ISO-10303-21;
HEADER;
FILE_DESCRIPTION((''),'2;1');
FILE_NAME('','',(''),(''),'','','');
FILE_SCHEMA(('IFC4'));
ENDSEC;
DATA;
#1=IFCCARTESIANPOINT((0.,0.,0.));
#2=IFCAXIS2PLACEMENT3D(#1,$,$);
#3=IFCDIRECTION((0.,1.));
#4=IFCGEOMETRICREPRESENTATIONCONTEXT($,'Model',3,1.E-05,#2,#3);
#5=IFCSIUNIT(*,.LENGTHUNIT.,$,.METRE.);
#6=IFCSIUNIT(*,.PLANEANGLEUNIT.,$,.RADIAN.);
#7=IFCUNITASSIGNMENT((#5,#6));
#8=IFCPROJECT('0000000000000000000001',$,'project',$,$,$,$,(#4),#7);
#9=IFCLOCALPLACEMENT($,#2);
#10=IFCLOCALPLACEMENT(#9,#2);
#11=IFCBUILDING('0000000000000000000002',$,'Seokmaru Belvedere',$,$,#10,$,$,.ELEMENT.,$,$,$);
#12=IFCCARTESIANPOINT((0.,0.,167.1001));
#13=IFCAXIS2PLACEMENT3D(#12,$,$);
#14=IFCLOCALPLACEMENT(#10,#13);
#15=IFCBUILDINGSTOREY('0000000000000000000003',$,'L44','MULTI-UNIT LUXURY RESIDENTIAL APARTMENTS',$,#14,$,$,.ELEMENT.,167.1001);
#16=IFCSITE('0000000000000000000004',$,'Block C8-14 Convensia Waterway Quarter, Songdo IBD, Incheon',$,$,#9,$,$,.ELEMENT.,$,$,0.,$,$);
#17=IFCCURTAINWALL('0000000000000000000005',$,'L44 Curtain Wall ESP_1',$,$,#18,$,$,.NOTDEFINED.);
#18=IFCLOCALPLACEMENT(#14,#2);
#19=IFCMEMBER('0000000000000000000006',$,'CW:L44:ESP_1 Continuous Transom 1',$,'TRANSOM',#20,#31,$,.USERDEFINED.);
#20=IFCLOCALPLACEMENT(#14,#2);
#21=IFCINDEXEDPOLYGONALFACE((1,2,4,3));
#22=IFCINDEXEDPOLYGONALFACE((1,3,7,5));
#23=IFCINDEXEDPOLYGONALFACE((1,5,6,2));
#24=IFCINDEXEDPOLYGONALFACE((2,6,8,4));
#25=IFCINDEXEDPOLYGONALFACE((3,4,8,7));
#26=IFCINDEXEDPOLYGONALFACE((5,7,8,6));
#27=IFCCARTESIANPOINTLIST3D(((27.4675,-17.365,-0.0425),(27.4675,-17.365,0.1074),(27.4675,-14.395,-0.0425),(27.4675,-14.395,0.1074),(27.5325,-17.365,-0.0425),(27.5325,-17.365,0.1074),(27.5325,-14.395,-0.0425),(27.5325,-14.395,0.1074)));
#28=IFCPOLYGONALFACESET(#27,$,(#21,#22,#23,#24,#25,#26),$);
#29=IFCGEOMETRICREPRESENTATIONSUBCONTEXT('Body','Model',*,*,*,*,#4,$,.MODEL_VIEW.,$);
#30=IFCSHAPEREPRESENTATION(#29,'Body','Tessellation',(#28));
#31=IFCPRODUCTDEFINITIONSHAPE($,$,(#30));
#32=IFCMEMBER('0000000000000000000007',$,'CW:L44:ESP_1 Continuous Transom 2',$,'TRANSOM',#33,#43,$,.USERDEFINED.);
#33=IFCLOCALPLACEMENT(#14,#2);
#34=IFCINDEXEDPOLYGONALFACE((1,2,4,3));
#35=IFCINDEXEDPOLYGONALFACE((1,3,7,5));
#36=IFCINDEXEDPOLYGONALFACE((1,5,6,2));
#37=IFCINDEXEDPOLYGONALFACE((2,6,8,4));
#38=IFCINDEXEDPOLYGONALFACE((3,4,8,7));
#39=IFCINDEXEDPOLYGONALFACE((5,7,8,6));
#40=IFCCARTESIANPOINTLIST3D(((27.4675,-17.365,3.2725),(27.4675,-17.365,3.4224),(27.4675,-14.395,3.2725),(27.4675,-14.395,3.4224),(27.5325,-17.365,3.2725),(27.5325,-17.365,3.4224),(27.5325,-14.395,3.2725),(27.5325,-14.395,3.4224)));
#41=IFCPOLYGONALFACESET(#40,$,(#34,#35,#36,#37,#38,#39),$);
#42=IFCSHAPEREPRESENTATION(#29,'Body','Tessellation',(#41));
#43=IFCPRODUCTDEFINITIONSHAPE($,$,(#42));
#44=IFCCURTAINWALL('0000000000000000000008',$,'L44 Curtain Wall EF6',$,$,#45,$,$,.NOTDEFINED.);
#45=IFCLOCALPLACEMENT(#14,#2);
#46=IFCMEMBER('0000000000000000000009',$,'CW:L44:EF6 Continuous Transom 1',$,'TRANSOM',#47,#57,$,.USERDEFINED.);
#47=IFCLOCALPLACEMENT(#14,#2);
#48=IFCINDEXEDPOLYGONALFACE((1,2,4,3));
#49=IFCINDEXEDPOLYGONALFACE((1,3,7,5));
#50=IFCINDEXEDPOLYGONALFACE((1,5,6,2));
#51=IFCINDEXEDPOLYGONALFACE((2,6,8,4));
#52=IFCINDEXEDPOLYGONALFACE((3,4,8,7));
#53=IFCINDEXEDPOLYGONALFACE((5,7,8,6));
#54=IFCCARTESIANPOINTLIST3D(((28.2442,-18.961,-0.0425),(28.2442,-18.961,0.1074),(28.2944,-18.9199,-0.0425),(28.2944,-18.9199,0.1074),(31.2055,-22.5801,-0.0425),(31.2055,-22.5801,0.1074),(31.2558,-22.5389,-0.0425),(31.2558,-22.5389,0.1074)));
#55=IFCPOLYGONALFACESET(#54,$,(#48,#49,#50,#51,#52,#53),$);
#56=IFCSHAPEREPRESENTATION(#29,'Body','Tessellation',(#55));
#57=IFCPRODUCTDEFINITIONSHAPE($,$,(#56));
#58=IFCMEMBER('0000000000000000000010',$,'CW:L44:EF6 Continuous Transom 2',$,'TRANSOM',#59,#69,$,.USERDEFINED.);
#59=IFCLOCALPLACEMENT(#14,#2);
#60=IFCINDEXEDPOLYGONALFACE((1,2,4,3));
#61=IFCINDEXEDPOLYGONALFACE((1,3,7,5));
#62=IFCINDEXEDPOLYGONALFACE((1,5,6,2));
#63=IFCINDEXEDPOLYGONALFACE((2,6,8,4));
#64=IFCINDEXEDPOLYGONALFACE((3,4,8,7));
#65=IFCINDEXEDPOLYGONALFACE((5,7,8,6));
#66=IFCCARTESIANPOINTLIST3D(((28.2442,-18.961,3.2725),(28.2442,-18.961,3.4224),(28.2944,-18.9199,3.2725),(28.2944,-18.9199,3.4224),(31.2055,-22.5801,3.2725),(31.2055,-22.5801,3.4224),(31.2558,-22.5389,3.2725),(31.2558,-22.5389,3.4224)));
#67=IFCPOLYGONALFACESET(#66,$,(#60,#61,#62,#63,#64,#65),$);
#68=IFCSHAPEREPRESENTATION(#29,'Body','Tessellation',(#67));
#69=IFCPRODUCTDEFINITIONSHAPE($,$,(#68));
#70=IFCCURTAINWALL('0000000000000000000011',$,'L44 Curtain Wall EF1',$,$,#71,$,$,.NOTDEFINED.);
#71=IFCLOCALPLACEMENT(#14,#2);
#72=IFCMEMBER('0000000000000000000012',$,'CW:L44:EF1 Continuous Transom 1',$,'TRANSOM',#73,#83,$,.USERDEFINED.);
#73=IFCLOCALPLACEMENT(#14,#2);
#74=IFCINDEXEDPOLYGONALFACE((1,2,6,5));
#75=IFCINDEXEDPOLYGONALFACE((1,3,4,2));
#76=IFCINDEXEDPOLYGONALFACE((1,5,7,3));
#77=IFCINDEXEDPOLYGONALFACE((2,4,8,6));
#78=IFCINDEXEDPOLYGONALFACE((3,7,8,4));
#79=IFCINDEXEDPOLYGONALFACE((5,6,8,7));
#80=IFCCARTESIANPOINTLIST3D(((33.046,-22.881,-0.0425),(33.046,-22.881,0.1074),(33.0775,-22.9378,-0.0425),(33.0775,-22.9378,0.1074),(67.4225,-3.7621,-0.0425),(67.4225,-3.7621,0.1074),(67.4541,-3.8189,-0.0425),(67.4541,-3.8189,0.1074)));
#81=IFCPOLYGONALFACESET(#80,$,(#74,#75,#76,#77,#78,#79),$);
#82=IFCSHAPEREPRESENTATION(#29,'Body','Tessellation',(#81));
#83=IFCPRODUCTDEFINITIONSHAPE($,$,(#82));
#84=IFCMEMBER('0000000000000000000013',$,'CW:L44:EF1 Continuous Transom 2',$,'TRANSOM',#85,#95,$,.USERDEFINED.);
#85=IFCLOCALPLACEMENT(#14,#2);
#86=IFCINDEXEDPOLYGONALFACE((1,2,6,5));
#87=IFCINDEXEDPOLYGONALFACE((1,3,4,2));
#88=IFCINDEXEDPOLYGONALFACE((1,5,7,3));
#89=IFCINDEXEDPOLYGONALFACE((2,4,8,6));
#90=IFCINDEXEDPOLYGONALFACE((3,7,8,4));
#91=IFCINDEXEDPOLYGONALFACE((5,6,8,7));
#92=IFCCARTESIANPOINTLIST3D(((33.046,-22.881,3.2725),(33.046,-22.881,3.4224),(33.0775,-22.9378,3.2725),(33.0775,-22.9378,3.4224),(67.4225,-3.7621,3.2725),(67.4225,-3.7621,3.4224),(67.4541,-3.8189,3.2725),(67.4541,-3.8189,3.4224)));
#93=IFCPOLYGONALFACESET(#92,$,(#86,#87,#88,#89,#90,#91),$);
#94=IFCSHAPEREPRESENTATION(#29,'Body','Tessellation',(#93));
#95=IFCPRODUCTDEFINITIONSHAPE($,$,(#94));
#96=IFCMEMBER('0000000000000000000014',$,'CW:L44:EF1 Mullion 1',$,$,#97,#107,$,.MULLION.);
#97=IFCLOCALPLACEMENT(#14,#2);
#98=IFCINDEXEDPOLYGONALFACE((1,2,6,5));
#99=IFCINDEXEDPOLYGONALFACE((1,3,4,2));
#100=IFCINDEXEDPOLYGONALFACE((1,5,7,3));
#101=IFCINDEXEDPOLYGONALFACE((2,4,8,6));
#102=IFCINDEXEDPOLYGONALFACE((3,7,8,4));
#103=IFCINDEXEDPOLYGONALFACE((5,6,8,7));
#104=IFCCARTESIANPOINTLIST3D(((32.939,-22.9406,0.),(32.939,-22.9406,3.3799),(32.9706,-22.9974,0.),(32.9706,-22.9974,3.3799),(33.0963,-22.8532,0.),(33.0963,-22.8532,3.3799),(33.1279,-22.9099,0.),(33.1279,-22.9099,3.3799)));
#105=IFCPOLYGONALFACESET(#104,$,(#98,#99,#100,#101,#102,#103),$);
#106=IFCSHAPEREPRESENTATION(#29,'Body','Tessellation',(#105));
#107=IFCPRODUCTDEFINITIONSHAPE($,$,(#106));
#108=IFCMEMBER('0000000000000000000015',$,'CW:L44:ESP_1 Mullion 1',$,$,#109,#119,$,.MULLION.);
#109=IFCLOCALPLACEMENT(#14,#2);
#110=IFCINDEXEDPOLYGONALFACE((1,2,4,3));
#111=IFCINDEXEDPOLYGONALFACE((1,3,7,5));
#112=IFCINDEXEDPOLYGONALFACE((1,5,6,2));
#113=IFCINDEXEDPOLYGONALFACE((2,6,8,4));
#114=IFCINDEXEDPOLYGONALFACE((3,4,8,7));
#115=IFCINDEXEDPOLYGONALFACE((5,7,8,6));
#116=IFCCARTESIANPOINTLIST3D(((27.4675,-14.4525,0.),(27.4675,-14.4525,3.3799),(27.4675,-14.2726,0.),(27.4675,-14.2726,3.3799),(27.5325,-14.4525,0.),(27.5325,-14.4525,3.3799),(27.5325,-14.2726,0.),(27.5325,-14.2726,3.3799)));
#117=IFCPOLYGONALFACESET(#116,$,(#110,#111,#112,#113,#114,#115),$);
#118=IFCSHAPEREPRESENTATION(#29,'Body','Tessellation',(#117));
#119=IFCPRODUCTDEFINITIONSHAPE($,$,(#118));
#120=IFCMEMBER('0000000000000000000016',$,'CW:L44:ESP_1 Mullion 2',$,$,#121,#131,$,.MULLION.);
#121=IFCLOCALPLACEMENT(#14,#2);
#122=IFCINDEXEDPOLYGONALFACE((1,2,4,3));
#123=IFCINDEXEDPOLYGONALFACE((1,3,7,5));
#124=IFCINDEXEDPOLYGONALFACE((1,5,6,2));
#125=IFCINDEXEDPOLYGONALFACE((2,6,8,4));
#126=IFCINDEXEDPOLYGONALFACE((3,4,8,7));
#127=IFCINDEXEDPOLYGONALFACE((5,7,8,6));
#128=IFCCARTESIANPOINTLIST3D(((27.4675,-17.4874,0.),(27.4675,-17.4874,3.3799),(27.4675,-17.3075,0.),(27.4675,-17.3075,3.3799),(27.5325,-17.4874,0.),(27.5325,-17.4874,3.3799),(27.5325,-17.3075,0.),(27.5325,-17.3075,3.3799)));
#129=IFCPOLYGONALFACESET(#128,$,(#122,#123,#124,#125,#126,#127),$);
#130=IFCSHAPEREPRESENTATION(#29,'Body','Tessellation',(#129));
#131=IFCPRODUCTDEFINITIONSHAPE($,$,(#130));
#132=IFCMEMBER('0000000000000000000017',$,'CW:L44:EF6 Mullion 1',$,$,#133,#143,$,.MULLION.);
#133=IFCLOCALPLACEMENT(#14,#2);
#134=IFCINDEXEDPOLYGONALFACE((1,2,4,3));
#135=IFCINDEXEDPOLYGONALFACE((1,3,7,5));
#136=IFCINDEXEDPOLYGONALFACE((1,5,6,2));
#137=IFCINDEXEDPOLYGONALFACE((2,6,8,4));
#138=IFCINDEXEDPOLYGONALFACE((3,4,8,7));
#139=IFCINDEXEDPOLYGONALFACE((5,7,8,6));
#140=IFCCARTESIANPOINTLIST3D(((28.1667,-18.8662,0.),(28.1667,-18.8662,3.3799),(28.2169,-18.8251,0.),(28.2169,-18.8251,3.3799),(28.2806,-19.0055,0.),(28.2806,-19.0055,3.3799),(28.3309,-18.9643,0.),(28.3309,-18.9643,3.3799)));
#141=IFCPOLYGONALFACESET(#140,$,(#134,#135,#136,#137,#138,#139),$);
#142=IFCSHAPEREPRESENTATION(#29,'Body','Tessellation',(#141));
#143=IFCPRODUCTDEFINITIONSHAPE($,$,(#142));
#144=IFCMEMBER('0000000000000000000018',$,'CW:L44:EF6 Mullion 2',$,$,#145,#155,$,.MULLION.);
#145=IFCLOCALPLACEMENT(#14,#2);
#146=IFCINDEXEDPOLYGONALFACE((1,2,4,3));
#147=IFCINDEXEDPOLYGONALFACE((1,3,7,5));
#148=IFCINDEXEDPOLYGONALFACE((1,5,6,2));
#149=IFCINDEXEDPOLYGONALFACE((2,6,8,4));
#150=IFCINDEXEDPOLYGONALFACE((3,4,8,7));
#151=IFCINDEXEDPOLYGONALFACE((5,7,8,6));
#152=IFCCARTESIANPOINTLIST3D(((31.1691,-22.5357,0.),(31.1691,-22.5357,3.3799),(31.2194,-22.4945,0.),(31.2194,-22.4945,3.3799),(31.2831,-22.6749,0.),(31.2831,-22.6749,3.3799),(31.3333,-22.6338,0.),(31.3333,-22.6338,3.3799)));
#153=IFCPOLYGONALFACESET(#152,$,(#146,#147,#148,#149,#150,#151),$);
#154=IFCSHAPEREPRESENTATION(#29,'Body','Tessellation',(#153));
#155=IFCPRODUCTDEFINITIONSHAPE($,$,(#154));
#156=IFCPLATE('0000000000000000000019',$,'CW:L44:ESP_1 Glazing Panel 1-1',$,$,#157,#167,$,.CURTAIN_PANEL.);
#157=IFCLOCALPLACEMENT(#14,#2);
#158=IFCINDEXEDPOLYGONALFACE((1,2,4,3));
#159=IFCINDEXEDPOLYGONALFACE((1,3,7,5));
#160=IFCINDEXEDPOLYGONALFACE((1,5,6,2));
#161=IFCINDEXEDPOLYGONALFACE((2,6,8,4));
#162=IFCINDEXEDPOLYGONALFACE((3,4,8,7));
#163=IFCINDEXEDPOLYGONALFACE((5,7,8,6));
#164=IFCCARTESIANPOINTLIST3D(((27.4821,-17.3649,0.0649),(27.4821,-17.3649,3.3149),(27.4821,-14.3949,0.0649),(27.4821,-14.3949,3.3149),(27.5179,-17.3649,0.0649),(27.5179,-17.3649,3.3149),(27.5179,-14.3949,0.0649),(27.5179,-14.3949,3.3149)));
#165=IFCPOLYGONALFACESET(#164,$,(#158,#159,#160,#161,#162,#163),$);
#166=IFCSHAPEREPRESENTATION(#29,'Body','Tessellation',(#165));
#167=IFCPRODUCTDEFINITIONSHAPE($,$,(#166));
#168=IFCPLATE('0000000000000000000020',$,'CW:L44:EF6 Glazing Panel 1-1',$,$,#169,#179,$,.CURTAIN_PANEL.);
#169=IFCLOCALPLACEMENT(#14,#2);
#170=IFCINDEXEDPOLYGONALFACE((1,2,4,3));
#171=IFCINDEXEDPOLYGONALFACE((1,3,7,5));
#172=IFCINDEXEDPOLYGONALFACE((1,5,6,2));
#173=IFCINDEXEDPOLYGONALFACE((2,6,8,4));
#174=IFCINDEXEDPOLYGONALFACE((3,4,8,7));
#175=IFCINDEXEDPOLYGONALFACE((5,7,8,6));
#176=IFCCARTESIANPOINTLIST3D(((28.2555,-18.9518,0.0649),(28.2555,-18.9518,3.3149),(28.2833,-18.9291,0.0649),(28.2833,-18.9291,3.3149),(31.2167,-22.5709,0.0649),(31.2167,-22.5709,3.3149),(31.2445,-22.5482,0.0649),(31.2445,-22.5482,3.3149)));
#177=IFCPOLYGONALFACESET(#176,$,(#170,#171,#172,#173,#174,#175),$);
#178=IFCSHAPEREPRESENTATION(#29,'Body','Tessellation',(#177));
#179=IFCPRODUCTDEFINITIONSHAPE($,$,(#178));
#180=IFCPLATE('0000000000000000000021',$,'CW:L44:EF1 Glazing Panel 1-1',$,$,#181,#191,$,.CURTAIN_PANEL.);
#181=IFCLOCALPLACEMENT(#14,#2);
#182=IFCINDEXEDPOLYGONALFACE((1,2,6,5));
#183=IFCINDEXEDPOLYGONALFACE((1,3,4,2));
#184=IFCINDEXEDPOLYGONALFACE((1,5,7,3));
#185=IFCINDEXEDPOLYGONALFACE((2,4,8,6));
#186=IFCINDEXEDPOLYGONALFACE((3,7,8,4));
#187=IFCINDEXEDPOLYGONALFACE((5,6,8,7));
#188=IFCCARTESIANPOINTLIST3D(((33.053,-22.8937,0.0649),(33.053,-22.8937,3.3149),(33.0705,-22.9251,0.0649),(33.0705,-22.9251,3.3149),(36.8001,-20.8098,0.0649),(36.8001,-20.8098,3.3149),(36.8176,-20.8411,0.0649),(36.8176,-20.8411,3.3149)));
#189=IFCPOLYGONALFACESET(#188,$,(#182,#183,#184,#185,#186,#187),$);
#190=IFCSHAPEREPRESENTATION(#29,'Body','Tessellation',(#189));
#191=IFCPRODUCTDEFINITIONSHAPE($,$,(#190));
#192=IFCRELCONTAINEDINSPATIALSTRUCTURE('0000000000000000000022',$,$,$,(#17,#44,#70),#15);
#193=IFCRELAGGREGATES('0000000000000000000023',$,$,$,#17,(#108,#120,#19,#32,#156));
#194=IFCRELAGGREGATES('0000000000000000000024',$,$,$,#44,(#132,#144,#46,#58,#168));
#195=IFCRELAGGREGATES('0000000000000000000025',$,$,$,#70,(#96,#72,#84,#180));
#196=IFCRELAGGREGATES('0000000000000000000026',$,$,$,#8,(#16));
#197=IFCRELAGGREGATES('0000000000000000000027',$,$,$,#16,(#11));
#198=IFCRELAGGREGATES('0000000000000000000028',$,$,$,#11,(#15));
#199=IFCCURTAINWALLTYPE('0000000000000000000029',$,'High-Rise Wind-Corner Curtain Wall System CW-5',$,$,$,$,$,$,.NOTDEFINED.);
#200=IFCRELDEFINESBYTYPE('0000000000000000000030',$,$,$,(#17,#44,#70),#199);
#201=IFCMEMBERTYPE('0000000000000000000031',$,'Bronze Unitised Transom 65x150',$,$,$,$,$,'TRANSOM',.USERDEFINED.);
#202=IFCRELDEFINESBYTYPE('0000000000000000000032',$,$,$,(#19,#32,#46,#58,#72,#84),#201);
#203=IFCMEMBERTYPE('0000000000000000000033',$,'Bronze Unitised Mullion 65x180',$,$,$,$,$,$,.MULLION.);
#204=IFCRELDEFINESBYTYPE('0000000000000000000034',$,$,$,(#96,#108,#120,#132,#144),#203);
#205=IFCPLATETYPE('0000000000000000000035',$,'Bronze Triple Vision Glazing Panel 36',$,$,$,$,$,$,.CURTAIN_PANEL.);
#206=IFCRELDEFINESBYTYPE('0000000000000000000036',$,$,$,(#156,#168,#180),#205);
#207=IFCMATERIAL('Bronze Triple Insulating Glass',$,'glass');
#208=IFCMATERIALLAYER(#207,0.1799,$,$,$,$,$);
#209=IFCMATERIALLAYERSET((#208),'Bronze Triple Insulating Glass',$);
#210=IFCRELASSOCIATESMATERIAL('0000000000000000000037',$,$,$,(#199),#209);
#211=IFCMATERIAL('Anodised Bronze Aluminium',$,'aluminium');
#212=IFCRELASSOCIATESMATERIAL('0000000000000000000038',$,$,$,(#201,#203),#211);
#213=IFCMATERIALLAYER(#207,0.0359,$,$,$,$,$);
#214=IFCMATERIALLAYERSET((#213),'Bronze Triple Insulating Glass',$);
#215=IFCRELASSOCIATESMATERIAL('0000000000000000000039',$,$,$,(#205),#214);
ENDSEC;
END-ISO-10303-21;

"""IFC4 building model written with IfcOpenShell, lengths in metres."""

from ifc_helpers import new_model, si_unit, direction, frame, origin, origin_2d, place, context, subcontext, project, spatial, rectangle, extrude, source, transform, mapped, material, layer, layer_set, material_profile, profile_set, type_object, type_shapes, element, aggregate, save


model = new_model("IFC4")

# Units and contexts
model_context = context("Model", 3, precision=1e-05, world=origin(), true_north=direction((0.0, 1.0)))
body_context = subcontext(model_context, "Body", "Model", "MODEL_VIEW")
ifc_project = project(units=[si_unit("LENGTHUNIT", "METRE"), si_unit("PLANEANGLEUNIT", "RADIAN")], contexts=[model_context])

# Site, building, storey
site_placement = place(None, origin())
site = spatial("IfcSite", under=ifc_project, at=site_placement, Name="Block C8-14 Convensia Waterway Quarter, Songdo IBD, Incheon", CompositionType="ELEMENT", RefElevation=0.0)
building_placement = place(site_placement, origin())
building = spatial("IfcBuilding", under=site, at=building_placement, Name="Seokmaru Belvedere", CompositionType="ELEMENT")
storey_placement = place(building_placement, frame((0.0, 0.0, 167.1001)))
storey = spatial("IfcBuildingStorey", under=building, at=storey_placement, Name="L44", Description="MULTI-UNIT LUXURY RESIDENTIAL APARTMENTS", CompositionType="ELEMENT", Elevation=167.1001)

# Curtain walls, members
ifc_material_1 = material(Name="Bronze Triple Insulating Glass", Category="glass")
ifc_layer_1 = layer(ifc_material_1, 0.1799)
ifc_layer_set_1 = layer_set([ifc_layer_1], Name="Bronze Triple Insulating Glass")
curtain_wall_type = type_object("IfcCurtainWallType", Name="High-Rise Wind-Corner Curtain Wall System CW-5", PredefinedType="NOTDEFINED", material=ifc_layer_set_1)
curtain_wall_1_placement = place(storey_placement, origin())
curtain_wall_1 = element("IfcCurtainWall", 1, at=curtain_wall_1_placement, inside=storey, type_object=curtain_wall_type, Name="L44 Curtain Wall ESP_1", PredefinedType="NOTDEFINED")
ifc_material_2 = material(Name="Anodised Bronze Aluminium", Category="aluminium")
ifc_material_profile_1 = material_profile(ifc_material_2, rectangle(XDim=0.0649, YDim=0.1499, at=origin_2d()), Name="CW-T-65x150")
ifc_profile_set_1 = profile_set([ifc_material_profile_1], Name="Anodised Bronze Aluminium")
member_type_1 = type_object("IfcMemberType", Name="Bronze Unitised Transom 65x150", ElementType="TRANSOM", PredefinedType="USERDEFINED", material=ifc_profile_set_1)
shared_shape_1 = source(origin(), body_context, "Body", "SweptSolid", [
    extrude(rectangle(XDim=0.0649, YDim=0.1499, at=origin_2d()), origin(), (0.0, 0.0, 1.0), 2.97),
])
member_1_placement = place(storey_placement, frame((27.5, -14.395, 0.0325), z_axis=(0.0, -1.0, 0.0), x_axis=(1.0, 0.0, 0.0)))
member_1 = element("IfcMember", 2, at=member_1_placement, type_object=member_type_1, Name="CW:L44:ESP_1 Continuous Transom 1", ObjectType="TRANSOM", PredefinedType="USERDEFINED", context=body_context, shape_type="MappedRepresentation", body=[
    mapped(shared_shape_1, transform((0.0, 0.0, 0.0), scale=1.0)),
])
member_2_placement = place(storey_placement, frame((27.5, -14.395, 3.3474), z_axis=(0.0, -1.0, 0.0), x_axis=(1.0, 0.0, 0.0)))
member_2 = element("IfcMember", 3, at=member_2_placement, type_object=member_type_1, Name="CW:L44:ESP_1 Continuous Transom 2", ObjectType="TRANSOM", PredefinedType="USERDEFINED", context=body_context, shape_type="MappedRepresentation", body=[
    mapped(shared_shape_1, transform((0.0, 0.0, 0.0), scale=1.0)),
])
curtain_wall_2_placement = place(storey_placement, origin())
curtain_wall_2 = element("IfcCurtainWall", 4, at=curtain_wall_2_placement, inside=storey, type_object=curtain_wall_type, Name="L44 Curtain Wall EF6", PredefinedType="NOTDEFINED")
shared_shape_2 = source(origin(), body_context, "Body", "SweptSolid", [
    extrude(rectangle(XDim=0.0649, YDim=0.1499, at=origin_2d()), origin(), (0.0, 0.0, 1.0), 4.6763),
])
member_3_placement = place(storey_placement, frame((28.2693, -18.9404, 0.0325), z_axis=(0.633278, -0.773925, 0.0), x_axis=(0.773925, 0.633278, 0.0)))
member_3 = element("IfcMember", 5, at=member_3_placement, type_object=member_type_1, Name="CW:L44:EF6 Continuous Transom 1", ObjectType="TRANSOM", PredefinedType="USERDEFINED", context=body_context, shape_type="MappedRepresentation", body=[
    mapped(shared_shape_2, transform((0.0, 0.0, 0.0), scale=1.0)),
])
member_4_placement = place(storey_placement, frame((28.2693, -18.9404, 3.3474), z_axis=(0.633278, -0.773925, 0.0), x_axis=(0.773925, 0.633278, 0.0)))
member_4 = element("IfcMember", 6, at=member_4_placement, type_object=member_type_1, Name="CW:L44:EF6 Continuous Transom 2", ObjectType="TRANSOM", PredefinedType="USERDEFINED", context=body_context, shape_type="MappedRepresentation", body=[
    mapped(shared_shape_2, transform((0.0, 0.0, 0.0), scale=1.0)),
])
curtain_wall_3_placement = place(storey_placement, origin())
curtain_wall_3 = element("IfcCurtainWall", 7, at=curtain_wall_3_placement, inside=storey, type_object=curtain_wall_type, Name="L44 Curtain Wall EF1", PredefinedType="NOTDEFINED")
shared_shape_3 = source(origin(), body_context, "Body", "SweptSolid", [
    extrude(rectangle(XDim=0.0649, YDim=0.1499, at=origin_2d()), origin(), (0.0, 0.0, 1.0), 39.3354),
])
type_shapes(member_type_1, [shared_shape_1, shared_shape_2, shared_shape_3])
member_5_placement = place(storey_placement, frame((33.0618, -22.9094, 0.0325), z_axis=(0.873932, 0.486048, 0.0), x_axis=(-0.486048, 0.873932, 0.0)))
member_5 = element("IfcMember", 8, at=member_5_placement, type_object=member_type_1, Name="CW:L44:EF1 Continuous Transom 1", ObjectType="TRANSOM", PredefinedType="USERDEFINED", context=body_context, shape_type="MappedRepresentation", body=[
    mapped(shared_shape_3, transform((0.0, 0.0, 0.0), scale=1.0)),
])
member_6_placement = place(storey_placement, frame((33.0618, -22.9094, 3.3474), z_axis=(0.873932, 0.486048, 0.0), x_axis=(-0.486048, 0.873932, 0.0)))
member_6 = element("IfcMember", 9, at=member_6_placement, type_object=member_type_1, Name="CW:L44:EF1 Continuous Transom 2", ObjectType="TRANSOM", PredefinedType="USERDEFINED", context=body_context, shape_type="MappedRepresentation", body=[
    mapped(shared_shape_3, transform((0.0, 0.0, 0.0), scale=1.0)),
])
ifc_material_profile_2 = material_profile(ifc_material_2, rectangle(XDim=0.0649, YDim=0.1799, at=origin_2d()), Name="CW-M-65x180")
ifc_profile_set_2 = profile_set([ifc_material_profile_2], Name="Anodised Bronze Aluminium")
member_type_2 = type_object("IfcMemberType", Name="Bronze Unitised Mullion 65x180", PredefinedType="MULLION", material=ifc_profile_set_2)
shared_shape_4 = source(origin(), body_context, "Body", "SweptSolid", [
    extrude(rectangle(XDim=0.0649, YDim=0.1799, at=origin_2d()), origin(), (0.0, 0.0, 1.0), 3.3799),
])
type_shapes(member_type_2, [shared_shape_4])
member_7_placement = place(storey_placement, frame((33.0334, -22.9253, 0.0), z_axis=(0.0, 0.0, 1.0), x_axis=(-0.486047, 0.873933, 0.0)))
member_7 = element("IfcMember", 10, at=member_7_placement, type_object=member_type_2, Name="CW:L44:EF1 Mullion 1", PredefinedType="MULLION", context=body_context, shape_type="MappedRepresentation", body=[
    mapped(shared_shape_4, transform((0.0, 0.0, 0.0), scale=1.0)),
])

# Members
member_8_placement = place(storey_placement, frame((27.5, -14.3625, 0.0), z_axis=(0.0, 0.0, 1.0), x_axis=(1.0, 0.0, 0.0)))
member_8 = element("IfcMember", 11, at=member_8_placement, type_object=member_type_2, Name="CW:L44:ESP_1 Mullion 1", PredefinedType="MULLION", context=body_context, shape_type="MappedRepresentation", body=[
    mapped(shared_shape_4, transform((0.0, 0.0, 0.0), scale=1.0)),
])
member_9_placement = place(storey_placement, frame((27.5, -17.3975, 0.0), z_axis=(0.0, 0.0, 1.0), x_axis=(1.0, 0.0, 0.0)))
member_9 = element("IfcMember", 12, at=member_9_placement, type_object=member_type_2, Name="CW:L44:ESP_1 Mullion 2", PredefinedType="MULLION", context=body_context, shape_type="MappedRepresentation", body=[
    mapped(shared_shape_4, transform((0.0, 0.0, 0.0), scale=1.0)),
])
member_10_placement = place(storey_placement, frame((28.2488, -18.9153, 0.0), z_axis=(0.0, 0.0, 1.0), x_axis=(0.773944, 0.633254, 0.0)))
member_10 = element("IfcMember", 13, at=member_10_placement, type_object=member_type_2, Name="CW:L44:EF6 Mullion 1", PredefinedType="MULLION", context=body_context, shape_type="MappedRepresentation", body=[
    mapped(shared_shape_4, transform((0.0, 0.0, 0.0), scale=1.0)),
])
member_11_placement = place(storey_placement, frame((31.2512, -22.5847, 0.0), z_axis=(0.0, 0.0, 1.0), x_axis=(0.773944, 0.633254, 0.0)))
member_11 = element("IfcMember", 14, at=member_11_placement, type_object=member_type_2, Name="CW:L44:EF6 Mullion 2", PredefinedType="MULLION", context=body_context, shape_type="MappedRepresentation", body=[
    mapped(shared_shape_4, transform((0.0, 0.0, 0.0), scale=1.0)),
])

# Plates
ifc_layer_2 = layer(ifc_material_1, 0.0359)
ifc_layer_set_2 = layer_set([ifc_layer_2], Name="Bronze Triple Insulating Glass")
plate_type = type_object("IfcPlateType", Name="Bronze Triple Vision Glazing Panel 36", PredefinedType="CURTAIN_PANEL", material=ifc_layer_set_2)
shared_shape_5 = source(origin(), body_context, "Body", "SweptSolid", [
    extrude(rectangle(XDim=2.97, YDim=0.0359, at=origin_2d()), origin(), (0.0, 0.0, 1.0), 3.25),
])
plate_1_placement = place(storey_placement, frame((27.5, -15.8799, 0.0649), z_axis=(0.0, 0.0, 1.0), x_axis=(0.0, -1.0, 0.0)))
plate_1 = element("IfcPlate", 15, at=plate_1_placement, type_object=plate_type, Name="CW:L44:ESP_1 Glazing Panel 1-1", PredefinedType="CURTAIN_PANEL", context=body_context, shape_type="MappedRepresentation", body=[
    mapped(shared_shape_5, transform((0.0, 0.0, 0.0), scale=1.0)),
])
aggregate(curtain_wall_1, [member_8, member_9, member_1, member_2, plate_1])
shared_shape_6 = source(origin(), body_context, "Body", "SweptSolid", [
    extrude(rectangle(XDim=4.6763, YDim=0.0359, at=origin_2d()), origin(), (0.0, 0.0, 1.0), 3.25),
])
plate_2_placement = place(storey_placement, frame((29.75, -20.75, 0.0649), z_axis=(0.0, 0.0, 1.0), x_axis=(0.633254, -0.773944, 0.0)))
plate_2 = element("IfcPlate", 16, at=plate_2_placement, type_object=plate_type, Name="CW:L44:EF6 Glazing Panel 1-1", PredefinedType="CURTAIN_PANEL", context=body_context, shape_type="MappedRepresentation", body=[
    mapped(shared_shape_6, transform((0.0, 0.0, 0.0), scale=1.0)),
])
aggregate(curtain_wall_2, [member_10, member_11, member_3, member_4, plate_2])
shared_shape_7 = source(origin(), body_context, "Body", "SweptSolid", [
    extrude(rectangle(XDim=4.2876, YDim=0.0359, at=origin_2d()), origin(), (0.0, 0.0, 1.0), 3.25),
])
type_shapes(plate_type, [shared_shape_5, shared_shape_6, shared_shape_7])
plate_3_placement = place(storey_placement, frame((34.9353, -21.8674, 0.0649), z_axis=(0.0, 0.0, 1.0), x_axis=(0.873933, 0.486047, 0.0)))
plate_3 = element("IfcPlate", 17, at=plate_3_placement, type_object=plate_type, Name="CW:L44:EF1 Glazing Panel 1-1", PredefinedType="CURTAIN_PANEL", context=body_context, shape_type="MappedRepresentation", body=[
    mapped(shared_shape_7, transform((0.0, 0.0, 0.0), scale=1.0)),
])
aggregate(curtain_wall_3, [member_7, member_5, member_6, plate_3])

save(model, "model.ifc")
